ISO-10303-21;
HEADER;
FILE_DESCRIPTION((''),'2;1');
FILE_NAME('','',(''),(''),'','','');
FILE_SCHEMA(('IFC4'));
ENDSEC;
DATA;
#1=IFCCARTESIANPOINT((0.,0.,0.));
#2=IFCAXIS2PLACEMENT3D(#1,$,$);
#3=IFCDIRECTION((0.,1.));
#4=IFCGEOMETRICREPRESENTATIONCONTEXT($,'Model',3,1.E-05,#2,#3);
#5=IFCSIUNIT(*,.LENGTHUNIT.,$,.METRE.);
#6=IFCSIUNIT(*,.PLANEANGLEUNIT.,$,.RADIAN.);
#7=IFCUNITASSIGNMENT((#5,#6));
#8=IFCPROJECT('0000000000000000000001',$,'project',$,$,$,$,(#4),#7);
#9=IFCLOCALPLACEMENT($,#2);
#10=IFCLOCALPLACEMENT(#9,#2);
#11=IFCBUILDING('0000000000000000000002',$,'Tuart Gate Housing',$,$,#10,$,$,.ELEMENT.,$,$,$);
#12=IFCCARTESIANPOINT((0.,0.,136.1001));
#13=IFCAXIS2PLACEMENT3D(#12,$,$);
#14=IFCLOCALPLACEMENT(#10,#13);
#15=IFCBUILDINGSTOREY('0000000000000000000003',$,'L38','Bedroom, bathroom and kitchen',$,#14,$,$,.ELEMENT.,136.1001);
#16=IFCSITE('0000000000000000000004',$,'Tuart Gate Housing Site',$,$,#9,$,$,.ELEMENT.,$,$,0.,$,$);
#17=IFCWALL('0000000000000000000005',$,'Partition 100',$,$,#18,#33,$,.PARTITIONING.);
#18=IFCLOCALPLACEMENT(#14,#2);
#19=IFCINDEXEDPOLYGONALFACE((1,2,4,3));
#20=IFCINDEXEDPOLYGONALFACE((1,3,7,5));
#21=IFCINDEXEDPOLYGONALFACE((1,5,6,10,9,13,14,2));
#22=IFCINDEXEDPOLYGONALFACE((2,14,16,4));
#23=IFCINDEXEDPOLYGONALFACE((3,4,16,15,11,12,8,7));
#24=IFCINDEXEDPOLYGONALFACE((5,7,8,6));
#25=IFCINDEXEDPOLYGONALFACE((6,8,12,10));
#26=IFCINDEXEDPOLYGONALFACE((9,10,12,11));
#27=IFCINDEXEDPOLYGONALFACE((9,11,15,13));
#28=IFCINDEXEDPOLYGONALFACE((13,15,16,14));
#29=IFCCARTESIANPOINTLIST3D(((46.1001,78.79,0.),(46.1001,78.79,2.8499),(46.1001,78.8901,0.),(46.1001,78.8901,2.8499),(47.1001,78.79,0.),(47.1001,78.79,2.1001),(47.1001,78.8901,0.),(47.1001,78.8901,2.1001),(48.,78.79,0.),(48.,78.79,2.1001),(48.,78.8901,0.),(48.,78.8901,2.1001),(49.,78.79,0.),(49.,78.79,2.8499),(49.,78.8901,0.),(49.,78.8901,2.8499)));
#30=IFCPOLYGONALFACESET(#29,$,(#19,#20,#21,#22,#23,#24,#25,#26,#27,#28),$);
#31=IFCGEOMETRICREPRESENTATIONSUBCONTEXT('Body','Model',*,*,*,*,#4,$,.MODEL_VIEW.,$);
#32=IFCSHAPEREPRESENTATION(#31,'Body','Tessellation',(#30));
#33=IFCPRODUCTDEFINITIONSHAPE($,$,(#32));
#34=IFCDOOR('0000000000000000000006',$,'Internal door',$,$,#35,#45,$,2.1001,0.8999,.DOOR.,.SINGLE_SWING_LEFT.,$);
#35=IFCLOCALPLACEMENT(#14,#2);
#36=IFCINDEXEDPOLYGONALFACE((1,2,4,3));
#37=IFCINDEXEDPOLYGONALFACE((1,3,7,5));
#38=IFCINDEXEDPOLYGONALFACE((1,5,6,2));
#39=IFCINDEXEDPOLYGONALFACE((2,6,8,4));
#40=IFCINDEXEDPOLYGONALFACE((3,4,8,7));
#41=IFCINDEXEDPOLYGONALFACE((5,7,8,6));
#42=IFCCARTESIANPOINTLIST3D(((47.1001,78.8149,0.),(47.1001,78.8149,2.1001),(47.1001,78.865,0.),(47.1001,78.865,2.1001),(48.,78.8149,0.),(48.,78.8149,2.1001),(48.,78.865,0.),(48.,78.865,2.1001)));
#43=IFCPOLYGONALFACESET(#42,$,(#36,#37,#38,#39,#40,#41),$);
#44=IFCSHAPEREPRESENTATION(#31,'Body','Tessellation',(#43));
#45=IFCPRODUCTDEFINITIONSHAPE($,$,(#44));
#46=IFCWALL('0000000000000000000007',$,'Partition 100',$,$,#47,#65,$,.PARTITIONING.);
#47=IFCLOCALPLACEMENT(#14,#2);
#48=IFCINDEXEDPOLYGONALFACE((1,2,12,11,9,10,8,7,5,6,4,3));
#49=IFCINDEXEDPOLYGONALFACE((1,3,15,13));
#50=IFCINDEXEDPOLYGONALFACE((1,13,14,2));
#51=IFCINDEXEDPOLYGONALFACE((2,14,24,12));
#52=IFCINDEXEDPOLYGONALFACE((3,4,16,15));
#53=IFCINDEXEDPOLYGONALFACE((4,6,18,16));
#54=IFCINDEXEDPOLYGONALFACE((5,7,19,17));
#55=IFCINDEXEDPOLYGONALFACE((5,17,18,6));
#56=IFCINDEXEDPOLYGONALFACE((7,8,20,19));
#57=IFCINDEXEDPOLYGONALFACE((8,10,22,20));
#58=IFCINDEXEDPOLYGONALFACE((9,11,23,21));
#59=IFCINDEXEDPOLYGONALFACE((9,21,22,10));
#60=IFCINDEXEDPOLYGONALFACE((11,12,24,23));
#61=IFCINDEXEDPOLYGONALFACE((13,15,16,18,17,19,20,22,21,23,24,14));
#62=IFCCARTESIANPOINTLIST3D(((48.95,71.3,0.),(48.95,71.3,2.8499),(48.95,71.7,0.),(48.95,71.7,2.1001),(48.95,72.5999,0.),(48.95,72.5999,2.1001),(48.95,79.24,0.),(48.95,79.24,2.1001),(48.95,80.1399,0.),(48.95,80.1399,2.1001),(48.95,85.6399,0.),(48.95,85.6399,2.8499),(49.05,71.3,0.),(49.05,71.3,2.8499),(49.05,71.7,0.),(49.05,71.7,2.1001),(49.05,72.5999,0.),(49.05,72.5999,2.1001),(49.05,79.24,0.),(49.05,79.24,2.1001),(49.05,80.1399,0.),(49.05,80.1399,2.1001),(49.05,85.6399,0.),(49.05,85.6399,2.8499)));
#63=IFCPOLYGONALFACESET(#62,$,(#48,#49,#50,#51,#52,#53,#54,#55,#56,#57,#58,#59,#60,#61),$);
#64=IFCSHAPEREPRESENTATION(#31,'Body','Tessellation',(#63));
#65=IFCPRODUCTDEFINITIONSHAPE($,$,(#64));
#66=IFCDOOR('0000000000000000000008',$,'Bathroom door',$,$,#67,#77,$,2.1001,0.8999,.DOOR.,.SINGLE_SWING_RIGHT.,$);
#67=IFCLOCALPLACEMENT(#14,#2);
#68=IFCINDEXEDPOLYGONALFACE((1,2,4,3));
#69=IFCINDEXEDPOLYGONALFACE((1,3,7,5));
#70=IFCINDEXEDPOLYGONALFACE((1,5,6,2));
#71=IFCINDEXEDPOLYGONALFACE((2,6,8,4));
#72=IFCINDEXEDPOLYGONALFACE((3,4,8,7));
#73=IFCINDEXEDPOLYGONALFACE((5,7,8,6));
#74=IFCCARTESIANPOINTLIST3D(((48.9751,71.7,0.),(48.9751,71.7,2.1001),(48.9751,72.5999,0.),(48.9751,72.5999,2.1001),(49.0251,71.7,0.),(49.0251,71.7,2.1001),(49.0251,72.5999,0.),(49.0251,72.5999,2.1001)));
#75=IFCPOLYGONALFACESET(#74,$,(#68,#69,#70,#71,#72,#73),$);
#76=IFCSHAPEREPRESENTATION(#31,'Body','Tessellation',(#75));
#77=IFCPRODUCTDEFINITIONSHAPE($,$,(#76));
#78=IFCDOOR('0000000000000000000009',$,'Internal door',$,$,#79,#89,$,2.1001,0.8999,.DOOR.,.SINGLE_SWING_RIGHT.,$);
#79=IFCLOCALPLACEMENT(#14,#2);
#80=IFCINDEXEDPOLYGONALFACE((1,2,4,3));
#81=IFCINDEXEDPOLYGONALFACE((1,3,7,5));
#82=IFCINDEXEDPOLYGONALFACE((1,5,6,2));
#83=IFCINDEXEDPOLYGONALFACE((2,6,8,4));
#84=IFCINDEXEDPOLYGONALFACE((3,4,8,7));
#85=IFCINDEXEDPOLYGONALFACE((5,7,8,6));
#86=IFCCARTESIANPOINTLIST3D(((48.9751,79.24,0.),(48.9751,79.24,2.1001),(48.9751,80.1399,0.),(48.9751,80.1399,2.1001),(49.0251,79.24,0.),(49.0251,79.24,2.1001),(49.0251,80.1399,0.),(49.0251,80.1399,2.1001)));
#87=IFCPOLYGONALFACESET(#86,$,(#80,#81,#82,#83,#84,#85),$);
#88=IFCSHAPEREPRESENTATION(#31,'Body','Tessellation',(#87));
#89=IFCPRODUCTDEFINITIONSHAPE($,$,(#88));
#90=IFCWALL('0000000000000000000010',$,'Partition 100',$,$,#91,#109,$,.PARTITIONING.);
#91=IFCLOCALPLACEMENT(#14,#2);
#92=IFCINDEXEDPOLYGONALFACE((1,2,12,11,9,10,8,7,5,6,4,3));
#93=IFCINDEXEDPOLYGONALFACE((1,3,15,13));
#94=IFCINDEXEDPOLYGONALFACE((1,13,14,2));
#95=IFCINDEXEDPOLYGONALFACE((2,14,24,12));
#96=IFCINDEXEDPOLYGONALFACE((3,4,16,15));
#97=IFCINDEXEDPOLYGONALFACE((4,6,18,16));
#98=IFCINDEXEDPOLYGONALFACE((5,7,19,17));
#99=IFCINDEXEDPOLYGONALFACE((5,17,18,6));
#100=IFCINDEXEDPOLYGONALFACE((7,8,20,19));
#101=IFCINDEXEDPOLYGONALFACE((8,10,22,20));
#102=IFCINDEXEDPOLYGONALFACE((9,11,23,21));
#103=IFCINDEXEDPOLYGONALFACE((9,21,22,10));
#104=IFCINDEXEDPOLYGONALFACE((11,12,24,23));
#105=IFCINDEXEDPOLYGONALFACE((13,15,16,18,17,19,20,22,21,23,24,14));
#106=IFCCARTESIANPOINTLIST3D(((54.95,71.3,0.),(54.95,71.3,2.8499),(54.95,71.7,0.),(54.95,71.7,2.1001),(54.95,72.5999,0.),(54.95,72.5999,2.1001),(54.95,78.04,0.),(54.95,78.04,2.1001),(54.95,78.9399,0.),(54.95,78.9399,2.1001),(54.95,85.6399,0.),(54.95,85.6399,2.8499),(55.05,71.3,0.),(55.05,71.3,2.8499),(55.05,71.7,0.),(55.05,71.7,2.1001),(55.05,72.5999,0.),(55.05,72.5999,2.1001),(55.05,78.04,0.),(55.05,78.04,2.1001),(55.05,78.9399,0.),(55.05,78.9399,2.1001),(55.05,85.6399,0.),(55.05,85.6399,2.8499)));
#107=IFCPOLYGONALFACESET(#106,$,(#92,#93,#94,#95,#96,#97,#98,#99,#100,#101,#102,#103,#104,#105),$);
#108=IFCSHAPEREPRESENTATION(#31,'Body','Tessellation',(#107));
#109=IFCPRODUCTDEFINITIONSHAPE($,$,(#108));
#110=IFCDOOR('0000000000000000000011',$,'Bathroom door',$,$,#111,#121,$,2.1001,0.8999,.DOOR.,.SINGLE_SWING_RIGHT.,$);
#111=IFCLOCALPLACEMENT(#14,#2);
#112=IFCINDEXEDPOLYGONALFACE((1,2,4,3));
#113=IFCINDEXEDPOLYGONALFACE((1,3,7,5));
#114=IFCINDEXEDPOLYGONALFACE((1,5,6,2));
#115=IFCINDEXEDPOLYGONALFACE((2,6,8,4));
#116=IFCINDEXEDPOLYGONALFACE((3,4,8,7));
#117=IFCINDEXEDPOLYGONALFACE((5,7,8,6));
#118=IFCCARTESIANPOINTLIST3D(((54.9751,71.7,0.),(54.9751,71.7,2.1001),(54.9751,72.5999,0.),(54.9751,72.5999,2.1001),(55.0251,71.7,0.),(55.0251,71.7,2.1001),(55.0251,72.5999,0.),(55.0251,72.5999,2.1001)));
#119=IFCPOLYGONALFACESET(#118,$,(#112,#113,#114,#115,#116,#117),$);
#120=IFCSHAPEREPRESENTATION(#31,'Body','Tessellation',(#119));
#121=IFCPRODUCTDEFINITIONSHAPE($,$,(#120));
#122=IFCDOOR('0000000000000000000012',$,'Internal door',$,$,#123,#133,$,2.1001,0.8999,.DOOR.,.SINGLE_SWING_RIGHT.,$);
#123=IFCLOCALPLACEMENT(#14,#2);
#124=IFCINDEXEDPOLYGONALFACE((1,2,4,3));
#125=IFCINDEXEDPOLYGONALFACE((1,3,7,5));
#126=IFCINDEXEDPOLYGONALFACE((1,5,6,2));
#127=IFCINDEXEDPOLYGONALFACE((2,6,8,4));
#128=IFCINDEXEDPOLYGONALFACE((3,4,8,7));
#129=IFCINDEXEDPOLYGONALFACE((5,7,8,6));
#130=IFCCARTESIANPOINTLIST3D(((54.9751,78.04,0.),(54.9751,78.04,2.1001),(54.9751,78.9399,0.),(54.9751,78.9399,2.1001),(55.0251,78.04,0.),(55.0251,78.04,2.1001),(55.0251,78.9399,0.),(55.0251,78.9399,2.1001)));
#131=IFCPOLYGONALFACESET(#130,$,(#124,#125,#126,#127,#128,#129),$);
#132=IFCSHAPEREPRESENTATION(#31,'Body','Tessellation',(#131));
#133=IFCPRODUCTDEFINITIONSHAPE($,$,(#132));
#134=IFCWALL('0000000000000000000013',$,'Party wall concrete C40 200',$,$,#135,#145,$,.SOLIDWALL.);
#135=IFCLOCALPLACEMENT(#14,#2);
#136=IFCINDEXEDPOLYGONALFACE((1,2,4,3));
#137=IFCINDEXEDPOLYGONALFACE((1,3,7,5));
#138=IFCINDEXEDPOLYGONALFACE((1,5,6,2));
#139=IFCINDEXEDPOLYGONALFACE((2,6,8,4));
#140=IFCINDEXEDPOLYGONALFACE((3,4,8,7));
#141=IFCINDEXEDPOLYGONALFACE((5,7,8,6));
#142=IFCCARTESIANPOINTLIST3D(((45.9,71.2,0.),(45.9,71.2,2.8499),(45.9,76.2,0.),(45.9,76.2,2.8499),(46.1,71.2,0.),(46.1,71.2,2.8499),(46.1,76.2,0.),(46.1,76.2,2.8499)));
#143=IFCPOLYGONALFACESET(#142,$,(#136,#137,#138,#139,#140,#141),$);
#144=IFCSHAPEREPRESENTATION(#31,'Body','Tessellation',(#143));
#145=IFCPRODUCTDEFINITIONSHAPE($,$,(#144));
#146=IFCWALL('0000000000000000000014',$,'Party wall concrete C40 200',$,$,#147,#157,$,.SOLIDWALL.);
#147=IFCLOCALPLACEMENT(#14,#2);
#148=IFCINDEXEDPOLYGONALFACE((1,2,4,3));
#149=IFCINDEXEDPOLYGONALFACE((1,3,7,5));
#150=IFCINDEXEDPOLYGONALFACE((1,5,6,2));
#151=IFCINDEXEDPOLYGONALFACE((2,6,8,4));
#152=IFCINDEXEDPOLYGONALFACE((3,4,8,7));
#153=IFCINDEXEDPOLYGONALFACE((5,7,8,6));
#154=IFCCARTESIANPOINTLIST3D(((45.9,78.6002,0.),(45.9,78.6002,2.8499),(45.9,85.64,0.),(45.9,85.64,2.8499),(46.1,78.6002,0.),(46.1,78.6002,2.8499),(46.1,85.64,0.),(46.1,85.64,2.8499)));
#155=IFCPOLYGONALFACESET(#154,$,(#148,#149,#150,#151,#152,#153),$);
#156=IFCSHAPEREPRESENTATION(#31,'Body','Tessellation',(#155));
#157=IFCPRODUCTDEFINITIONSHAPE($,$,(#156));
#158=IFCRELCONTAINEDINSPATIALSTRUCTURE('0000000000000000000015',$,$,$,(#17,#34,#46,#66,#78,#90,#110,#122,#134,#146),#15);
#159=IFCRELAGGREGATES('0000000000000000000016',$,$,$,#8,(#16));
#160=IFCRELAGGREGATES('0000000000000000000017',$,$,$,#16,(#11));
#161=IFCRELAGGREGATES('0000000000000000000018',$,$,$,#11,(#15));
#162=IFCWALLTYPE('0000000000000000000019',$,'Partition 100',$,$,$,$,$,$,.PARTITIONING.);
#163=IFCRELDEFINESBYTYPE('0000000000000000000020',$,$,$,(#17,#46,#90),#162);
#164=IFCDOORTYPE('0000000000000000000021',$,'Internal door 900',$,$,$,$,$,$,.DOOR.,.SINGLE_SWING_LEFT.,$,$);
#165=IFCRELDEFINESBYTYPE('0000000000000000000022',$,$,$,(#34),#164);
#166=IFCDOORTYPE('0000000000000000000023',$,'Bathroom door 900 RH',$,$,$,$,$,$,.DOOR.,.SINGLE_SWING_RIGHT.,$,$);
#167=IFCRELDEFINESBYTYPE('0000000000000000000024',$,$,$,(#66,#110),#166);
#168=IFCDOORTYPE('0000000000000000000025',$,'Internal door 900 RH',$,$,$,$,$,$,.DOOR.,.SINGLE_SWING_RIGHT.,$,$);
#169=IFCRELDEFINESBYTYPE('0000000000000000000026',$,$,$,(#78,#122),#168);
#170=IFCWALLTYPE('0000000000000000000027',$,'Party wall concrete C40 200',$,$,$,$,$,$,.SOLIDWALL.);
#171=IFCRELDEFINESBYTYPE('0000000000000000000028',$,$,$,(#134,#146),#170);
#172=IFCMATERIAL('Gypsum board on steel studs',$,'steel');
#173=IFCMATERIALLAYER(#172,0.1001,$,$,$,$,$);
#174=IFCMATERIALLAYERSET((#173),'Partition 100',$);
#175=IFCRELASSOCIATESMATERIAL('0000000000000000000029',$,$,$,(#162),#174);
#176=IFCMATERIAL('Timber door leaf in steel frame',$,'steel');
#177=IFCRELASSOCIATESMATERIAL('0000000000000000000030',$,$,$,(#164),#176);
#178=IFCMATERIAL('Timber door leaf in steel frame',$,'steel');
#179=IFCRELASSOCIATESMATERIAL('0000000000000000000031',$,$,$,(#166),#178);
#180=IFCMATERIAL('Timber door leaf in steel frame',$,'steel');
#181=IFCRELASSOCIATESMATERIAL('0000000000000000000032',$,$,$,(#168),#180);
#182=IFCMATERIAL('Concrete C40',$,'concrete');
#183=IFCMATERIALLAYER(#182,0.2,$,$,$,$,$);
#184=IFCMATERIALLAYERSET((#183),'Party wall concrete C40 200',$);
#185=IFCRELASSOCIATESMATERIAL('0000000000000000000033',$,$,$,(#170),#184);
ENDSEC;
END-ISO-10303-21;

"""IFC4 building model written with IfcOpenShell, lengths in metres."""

from ifc_helpers import new_model, si_unit, direction, frame, frame_2d, origin, place, context, subcontext, project, spatial, rectangle, extrude, material, layer, layer_set, type_object, element, fill, save


model = new_model("IFC4")

# Units and contexts
model_context = context("Model", 3, precision=1e-05, world=origin(), true_north=direction((0.0, 1.0)))
body_context = subcontext(model_context, "Body", "Model", "MODEL_VIEW")
ifc_project = project(units=[si_unit("LENGTHUNIT", "METRE"), si_unit("PLANEANGLEUNIT", "RADIAN")], contexts=[model_context])

# Site, building, storey
site_placement = place(None, origin())
site = spatial("IfcSite", under=ifc_project, at=site_placement, Name="Tuart Gate Housing Site", CompositionType="ELEMENT", RefElevation=0.0)
building_placement = place(site_placement, origin())
building = spatial("IfcBuilding", under=site, at=building_placement, Name="Tuart Gate Housing", CompositionType="ELEMENT")
storey_placement = place(building_placement, frame((0.0, 0.0, 136.1001)))
storey = spatial("IfcBuildingStorey", under=building, at=storey_placement, Name="L38", Description="Bedroom, bathroom and kitchen", CompositionType="ELEMENT", Elevation=136.1001)

# Shared definitions
ifc_material_1 = material(Name="Gypsum board on steel studs", Category="steel")
ifc_layer_1 = layer(ifc_material_1, 0.1001)
ifc_layer_set_1 = layer_set([ifc_layer_1], Name="Partition 100")
wall_type_1 = type_object("IfcWallType", Name="Partition 100", PredefinedType="PARTITIONING", material=ifc_layer_set_1)

# Wall, opening, door
ifc_material_2 = material(Name="Timber door leaf in steel frame", Category="steel")
door_type_1 = type_object("IfcDoorType", Name="Internal door 900", OperationType="SINGLE_SWING_LEFT", PredefinedType="DOOR", material=ifc_material_2)
wall_1_placement = place(storey_placement, frame((46.1001, 78.8401, 0.0), z_axis=(0.0, 0.0, 1.0), x_axis=(1.0, 0.0, 0.0)))
wall_1 = element("IfcWall", 1, at=wall_1_placement, inside=storey, type_object=wall_type_1, Name="Partition 100", PredefinedType="PARTITIONING", context=body_context, shape_type="SweptSolid", body=[
    extrude(rectangle(XDim=2.8999, YDim=0.1001, at=frame_2d((1.45, 0.0))), origin(), (0.0, 0.0, 1.0), 2.8499),
])
opening_1_placement = place(wall_1_placement, frame((1.0, 0.0, 0.0)))
opening_1 = element("IfcOpeningElement", 2, at=opening_1_placement, cuts=wall_1, PredefinedType="OPENING", context=body_context, shape_type="SweptSolid", body=[
    extrude(rectangle(XDim=0.8999, YDim=2.1001, at=frame_2d((0.45, 1.05))), frame((0.0, 0.0601, 0.0), z_axis=(0.0, -1.0, 0.0), x_axis=(1.0, 0.0, 0.0)), (0.0, 0.0, 1.0), 0.1201),
])
door_1_placement = place(opening_1_placement, frame((0.8999, 0.0, 0.0), z_axis=(0.0, 0.0, 1.0), x_axis=(-1.0, 0.0, 0.0)))
door_1 = element("IfcDoor", 3, at=door_1_placement, inside=storey, type_object=door_type_1, Name="Internal door", OperationType="SINGLE_SWING_LEFT", OverallHeight=2.1001, OverallWidth=0.8999, PredefinedType="DOOR", context=body_context, shape_type="SweptSolid", body=[
    extrude(rectangle(XDim=0.8999, YDim=2.1001, at=frame_2d((0.45, 1.05))), frame((0.0, 0.0251, 0.0), z_axis=(0.0, -1.0, 0.0), x_axis=(1.0, 0.0, 0.0)), (0.0, 0.0, 1.0), 0.05),
])
fill(opening_1, door_1)

# Walls, openings, doors
wall_2_placement = place(storey_placement, frame((49.0, 71.3, 0.0), z_axis=(0.0, 0.0, 1.0), x_axis=(0.0, 1.0, 0.0)))
wall_2 = element("IfcWall", 4, at=wall_2_placement, inside=storey, type_object=wall_type_1, Name="Partition 100", PredefinedType="PARTITIONING", context=body_context, shape_type="SweptSolid", body=[
    extrude(rectangle(XDim=14.3398, YDim=0.1001, at=frame_2d((7.1699, 0.0))), origin(), (0.0, 0.0, 1.0), 2.8499),
])
opening_2_placement = place(wall_2_placement, frame((7.9399, 0.0, 0.0)))
opening_2 = element("IfcOpeningElement", 5, at=opening_2_placement, cuts=wall_2, PredefinedType="OPENING", context=body_context, shape_type="SweptSolid", body=[
    extrude(rectangle(XDim=0.8999, YDim=2.1001, at=frame_2d((0.45, 1.05))), frame((0.0, 0.0601, 0.0), z_axis=(0.0, -1.0, 0.0), x_axis=(1.0, 0.0, 0.0)), (0.0, 0.0, 1.0), 0.1201),
])
opening_3_placement = place(wall_2_placement, frame((0.3999, 0.0, 0.0)))
opening_3 = element("IfcOpeningElement", 6, at=opening_3_placement, cuts=wall_2, PredefinedType="OPENING", context=body_context, shape_type="SweptSolid", body=[
    extrude(rectangle(XDim=0.8999, YDim=2.1001, at=frame_2d((0.45, 1.05))), frame((0.0, 0.0601, 0.0), z_axis=(0.0, -1.0, 0.0), x_axis=(1.0, 0.0, 0.0)), (0.0, 0.0, 1.0), 0.1201),
])
ifc_material_3 = material(Name="Timber door leaf in steel frame", Category="steel")
door_type_2 = type_object("IfcDoorType", Name="Bathroom door 900 RH", OperationType="SINGLE_SWING_RIGHT", PredefinedType="DOOR", material=ifc_material_3)
door_2_placement = place(opening_3_placement, frame((0.8999, 0.0, 0.0), z_axis=(0.0, 0.0, 1.0), x_axis=(-1.0, 0.0, 0.0)))
door_2 = element("IfcDoor", 7, at=door_2_placement, inside=storey, type_object=door_type_2, Name="Bathroom door", OperationType="SINGLE_SWING_RIGHT", OverallHeight=2.1001, OverallWidth=0.8999, PredefinedType="DOOR", context=body_context, shape_type="SweptSolid", body=[
    extrude(rectangle(XDim=0.8999, YDim=2.1001, at=frame_2d((0.45, 1.05))), frame((0.0, 0.0251, 0.0), z_axis=(0.0, -1.0, 0.0), x_axis=(1.0, 0.0, 0.0)), (0.0, 0.0, 1.0), 0.05),
])
fill(opening_3, door_2)
ifc_material_4 = material(Name="Timber door leaf in steel frame", Category="steel")
door_type_3 = type_object("IfcDoorType", Name="Internal door 900 RH", OperationType="SINGLE_SWING_RIGHT", PredefinedType="DOOR", material=ifc_material_4)
door_3_placement = place(opening_2_placement, frame((0.8999, 0.0, 0.0), z_axis=(0.0, 0.0, 1.0), x_axis=(-1.0, 0.0, 0.0)))
door_3 = element("IfcDoor", 8, at=door_3_placement, inside=storey, type_object=door_type_3, Name="Internal door", OperationType="SINGLE_SWING_RIGHT", OverallHeight=2.1001, OverallWidth=0.8999, PredefinedType="DOOR", context=body_context, shape_type="SweptSolid", body=[
    extrude(rectangle(XDim=0.8999, YDim=2.1001, at=frame_2d((0.45, 1.05))), frame((0.0, 0.0251, 0.0), z_axis=(0.0, -1.0, 0.0), x_axis=(1.0, 0.0, 0.0)), (0.0, 0.0, 1.0), 0.05),
])
fill(opening_2, door_3)
wall_3_placement = place(storey_placement, frame((55.0, 71.3, 0.0), z_axis=(0.0, 0.0, 1.0), x_axis=(0.0, 1.0, 0.0)))
wall_3 = element("IfcWall", 9, at=wall_3_placement, inside=storey, type_object=wall_type_1, Name="Partition 100", PredefinedType="PARTITIONING", context=body_context, shape_type="SweptSolid", body=[
    extrude(rectangle(XDim=14.3398, YDim=0.1001, at=frame_2d((7.1699, 0.0))), origin(), (0.0, 0.0, 1.0), 2.8499),
])
opening_4_placement = place(wall_3_placement, frame((6.74, 0.0, 0.0)))
opening_4 = element("IfcOpeningElement", 10, at=opening_4_placement, cuts=wall_3, PredefinedType="OPENING", context=body_context, shape_type="SweptSolid", body=[
    extrude(rectangle(XDim=0.8999, YDim=2.1001, at=frame_2d((0.45, 1.05))), frame((0.0, 0.0601, 0.0), z_axis=(0.0, -1.0, 0.0), x_axis=(1.0, 0.0, 0.0)), (0.0, 0.0, 1.0), 0.1201),
])
opening_5_placement = place(wall_3_placement, frame((0.3999, 0.0, 0.0)))
opening_5 = element("IfcOpeningElement", 11, at=opening_5_placement, cuts=wall_3, PredefinedType="OPENING", context=body_context, shape_type="SweptSolid", body=[
    extrude(rectangle(XDim=0.8999, YDim=2.1001, at=frame_2d((0.45, 1.05))), frame((0.0, 0.0601, 0.0), z_axis=(0.0, -1.0, 0.0), x_axis=(1.0, 0.0, 0.0)), (0.0, 0.0, 1.0), 0.1201),
])
door_4_placement = place(opening_5_placement, frame((0.8999, 0.0, 0.0), z_axis=(0.0, 0.0, 1.0), x_axis=(-1.0, 0.0, 0.0)))
door_4 = element("IfcDoor", 12, at=door_4_placement, inside=storey, type_object=door_type_2, Name="Bathroom door", OperationType="SINGLE_SWING_RIGHT", OverallHeight=2.1001, OverallWidth=0.8999, PredefinedType="DOOR", context=body_context, shape_type="SweptSolid", body=[
    extrude(rectangle(XDim=0.8999, YDim=2.1001, at=frame_2d((0.45, 1.05))), frame((0.0, 0.0251, 0.0), z_axis=(0.0, -1.0, 0.0), x_axis=(1.0, 0.0, 0.0)), (0.0, 0.0, 1.0), 0.05),
])
fill(opening_5, door_4)
door_5_placement = place(opening_4_placement, frame((0.8999, 0.0, 0.0), z_axis=(0.0, 0.0, 1.0), x_axis=(-1.0, 0.0, 0.0)))
door_5 = element("IfcDoor", 13, at=door_5_placement, inside=storey, type_object=door_type_3, Name="Internal door", OperationType="SINGLE_SWING_RIGHT", OverallHeight=2.1001, OverallWidth=0.8999, PredefinedType="DOOR", context=body_context, shape_type="SweptSolid", body=[
    extrude(rectangle(XDim=0.8999, YDim=2.1001, at=frame_2d((0.45, 1.05))), frame((0.0, 0.0251, 0.0), z_axis=(0.0, -1.0, 0.0), x_axis=(1.0, 0.0, 0.0)), (0.0, 0.0, 1.0), 0.05),
])
fill(opening_4, door_5)

# Walls
ifc_material_5 = material(Name="Concrete C40", Category="concrete")
ifc_layer_2 = layer(ifc_material_5, 0.2)
ifc_layer_set_2 = layer_set([ifc_layer_2], Name="Party wall concrete C40 200")
wall_type_2 = type_object("IfcWallType", Name="Party wall concrete C40 200", PredefinedType="SOLIDWALL", material=ifc_layer_set_2)
wall_4_placement = place(storey_placement, frame((46.0, 71.2, 0.0), z_axis=(0.0, 0.0, 1.0), x_axis=(0.0, 1.0, 0.0)))
element("IfcWall", 14, at=wall_4_placement, inside=storey, type_object=wall_type_2, Name="Party wall concrete C40 200", PredefinedType="SOLIDWALL", context=body_context, shape_type="SweptSolid", body=[
    extrude(rectangle(XDim=5.0, YDim=0.2, at=frame_2d((2.5, 0.0))), origin(), (0.0, 0.0, 1.0), 2.8499),
])
wall_5_placement = place(storey_placement, frame((46.0, 78.6001, 0.0), z_axis=(0.0, 0.0, 1.0), x_axis=(0.0, 1.0, 0.0)))
element("IfcWall", 15, at=wall_5_placement, inside=storey, type_object=wall_type_2, Name="Party wall concrete C40 200", PredefinedType="SOLIDWALL", context=body_context, shape_type="SweptSolid", body=[
    extrude(rectangle(XDim=7.0398, YDim=0.2, at=frame_2d((3.52, 0.0))), origin(), (0.0, 0.0, 1.0), 2.8499),
])

save(model, "model.ifc")
